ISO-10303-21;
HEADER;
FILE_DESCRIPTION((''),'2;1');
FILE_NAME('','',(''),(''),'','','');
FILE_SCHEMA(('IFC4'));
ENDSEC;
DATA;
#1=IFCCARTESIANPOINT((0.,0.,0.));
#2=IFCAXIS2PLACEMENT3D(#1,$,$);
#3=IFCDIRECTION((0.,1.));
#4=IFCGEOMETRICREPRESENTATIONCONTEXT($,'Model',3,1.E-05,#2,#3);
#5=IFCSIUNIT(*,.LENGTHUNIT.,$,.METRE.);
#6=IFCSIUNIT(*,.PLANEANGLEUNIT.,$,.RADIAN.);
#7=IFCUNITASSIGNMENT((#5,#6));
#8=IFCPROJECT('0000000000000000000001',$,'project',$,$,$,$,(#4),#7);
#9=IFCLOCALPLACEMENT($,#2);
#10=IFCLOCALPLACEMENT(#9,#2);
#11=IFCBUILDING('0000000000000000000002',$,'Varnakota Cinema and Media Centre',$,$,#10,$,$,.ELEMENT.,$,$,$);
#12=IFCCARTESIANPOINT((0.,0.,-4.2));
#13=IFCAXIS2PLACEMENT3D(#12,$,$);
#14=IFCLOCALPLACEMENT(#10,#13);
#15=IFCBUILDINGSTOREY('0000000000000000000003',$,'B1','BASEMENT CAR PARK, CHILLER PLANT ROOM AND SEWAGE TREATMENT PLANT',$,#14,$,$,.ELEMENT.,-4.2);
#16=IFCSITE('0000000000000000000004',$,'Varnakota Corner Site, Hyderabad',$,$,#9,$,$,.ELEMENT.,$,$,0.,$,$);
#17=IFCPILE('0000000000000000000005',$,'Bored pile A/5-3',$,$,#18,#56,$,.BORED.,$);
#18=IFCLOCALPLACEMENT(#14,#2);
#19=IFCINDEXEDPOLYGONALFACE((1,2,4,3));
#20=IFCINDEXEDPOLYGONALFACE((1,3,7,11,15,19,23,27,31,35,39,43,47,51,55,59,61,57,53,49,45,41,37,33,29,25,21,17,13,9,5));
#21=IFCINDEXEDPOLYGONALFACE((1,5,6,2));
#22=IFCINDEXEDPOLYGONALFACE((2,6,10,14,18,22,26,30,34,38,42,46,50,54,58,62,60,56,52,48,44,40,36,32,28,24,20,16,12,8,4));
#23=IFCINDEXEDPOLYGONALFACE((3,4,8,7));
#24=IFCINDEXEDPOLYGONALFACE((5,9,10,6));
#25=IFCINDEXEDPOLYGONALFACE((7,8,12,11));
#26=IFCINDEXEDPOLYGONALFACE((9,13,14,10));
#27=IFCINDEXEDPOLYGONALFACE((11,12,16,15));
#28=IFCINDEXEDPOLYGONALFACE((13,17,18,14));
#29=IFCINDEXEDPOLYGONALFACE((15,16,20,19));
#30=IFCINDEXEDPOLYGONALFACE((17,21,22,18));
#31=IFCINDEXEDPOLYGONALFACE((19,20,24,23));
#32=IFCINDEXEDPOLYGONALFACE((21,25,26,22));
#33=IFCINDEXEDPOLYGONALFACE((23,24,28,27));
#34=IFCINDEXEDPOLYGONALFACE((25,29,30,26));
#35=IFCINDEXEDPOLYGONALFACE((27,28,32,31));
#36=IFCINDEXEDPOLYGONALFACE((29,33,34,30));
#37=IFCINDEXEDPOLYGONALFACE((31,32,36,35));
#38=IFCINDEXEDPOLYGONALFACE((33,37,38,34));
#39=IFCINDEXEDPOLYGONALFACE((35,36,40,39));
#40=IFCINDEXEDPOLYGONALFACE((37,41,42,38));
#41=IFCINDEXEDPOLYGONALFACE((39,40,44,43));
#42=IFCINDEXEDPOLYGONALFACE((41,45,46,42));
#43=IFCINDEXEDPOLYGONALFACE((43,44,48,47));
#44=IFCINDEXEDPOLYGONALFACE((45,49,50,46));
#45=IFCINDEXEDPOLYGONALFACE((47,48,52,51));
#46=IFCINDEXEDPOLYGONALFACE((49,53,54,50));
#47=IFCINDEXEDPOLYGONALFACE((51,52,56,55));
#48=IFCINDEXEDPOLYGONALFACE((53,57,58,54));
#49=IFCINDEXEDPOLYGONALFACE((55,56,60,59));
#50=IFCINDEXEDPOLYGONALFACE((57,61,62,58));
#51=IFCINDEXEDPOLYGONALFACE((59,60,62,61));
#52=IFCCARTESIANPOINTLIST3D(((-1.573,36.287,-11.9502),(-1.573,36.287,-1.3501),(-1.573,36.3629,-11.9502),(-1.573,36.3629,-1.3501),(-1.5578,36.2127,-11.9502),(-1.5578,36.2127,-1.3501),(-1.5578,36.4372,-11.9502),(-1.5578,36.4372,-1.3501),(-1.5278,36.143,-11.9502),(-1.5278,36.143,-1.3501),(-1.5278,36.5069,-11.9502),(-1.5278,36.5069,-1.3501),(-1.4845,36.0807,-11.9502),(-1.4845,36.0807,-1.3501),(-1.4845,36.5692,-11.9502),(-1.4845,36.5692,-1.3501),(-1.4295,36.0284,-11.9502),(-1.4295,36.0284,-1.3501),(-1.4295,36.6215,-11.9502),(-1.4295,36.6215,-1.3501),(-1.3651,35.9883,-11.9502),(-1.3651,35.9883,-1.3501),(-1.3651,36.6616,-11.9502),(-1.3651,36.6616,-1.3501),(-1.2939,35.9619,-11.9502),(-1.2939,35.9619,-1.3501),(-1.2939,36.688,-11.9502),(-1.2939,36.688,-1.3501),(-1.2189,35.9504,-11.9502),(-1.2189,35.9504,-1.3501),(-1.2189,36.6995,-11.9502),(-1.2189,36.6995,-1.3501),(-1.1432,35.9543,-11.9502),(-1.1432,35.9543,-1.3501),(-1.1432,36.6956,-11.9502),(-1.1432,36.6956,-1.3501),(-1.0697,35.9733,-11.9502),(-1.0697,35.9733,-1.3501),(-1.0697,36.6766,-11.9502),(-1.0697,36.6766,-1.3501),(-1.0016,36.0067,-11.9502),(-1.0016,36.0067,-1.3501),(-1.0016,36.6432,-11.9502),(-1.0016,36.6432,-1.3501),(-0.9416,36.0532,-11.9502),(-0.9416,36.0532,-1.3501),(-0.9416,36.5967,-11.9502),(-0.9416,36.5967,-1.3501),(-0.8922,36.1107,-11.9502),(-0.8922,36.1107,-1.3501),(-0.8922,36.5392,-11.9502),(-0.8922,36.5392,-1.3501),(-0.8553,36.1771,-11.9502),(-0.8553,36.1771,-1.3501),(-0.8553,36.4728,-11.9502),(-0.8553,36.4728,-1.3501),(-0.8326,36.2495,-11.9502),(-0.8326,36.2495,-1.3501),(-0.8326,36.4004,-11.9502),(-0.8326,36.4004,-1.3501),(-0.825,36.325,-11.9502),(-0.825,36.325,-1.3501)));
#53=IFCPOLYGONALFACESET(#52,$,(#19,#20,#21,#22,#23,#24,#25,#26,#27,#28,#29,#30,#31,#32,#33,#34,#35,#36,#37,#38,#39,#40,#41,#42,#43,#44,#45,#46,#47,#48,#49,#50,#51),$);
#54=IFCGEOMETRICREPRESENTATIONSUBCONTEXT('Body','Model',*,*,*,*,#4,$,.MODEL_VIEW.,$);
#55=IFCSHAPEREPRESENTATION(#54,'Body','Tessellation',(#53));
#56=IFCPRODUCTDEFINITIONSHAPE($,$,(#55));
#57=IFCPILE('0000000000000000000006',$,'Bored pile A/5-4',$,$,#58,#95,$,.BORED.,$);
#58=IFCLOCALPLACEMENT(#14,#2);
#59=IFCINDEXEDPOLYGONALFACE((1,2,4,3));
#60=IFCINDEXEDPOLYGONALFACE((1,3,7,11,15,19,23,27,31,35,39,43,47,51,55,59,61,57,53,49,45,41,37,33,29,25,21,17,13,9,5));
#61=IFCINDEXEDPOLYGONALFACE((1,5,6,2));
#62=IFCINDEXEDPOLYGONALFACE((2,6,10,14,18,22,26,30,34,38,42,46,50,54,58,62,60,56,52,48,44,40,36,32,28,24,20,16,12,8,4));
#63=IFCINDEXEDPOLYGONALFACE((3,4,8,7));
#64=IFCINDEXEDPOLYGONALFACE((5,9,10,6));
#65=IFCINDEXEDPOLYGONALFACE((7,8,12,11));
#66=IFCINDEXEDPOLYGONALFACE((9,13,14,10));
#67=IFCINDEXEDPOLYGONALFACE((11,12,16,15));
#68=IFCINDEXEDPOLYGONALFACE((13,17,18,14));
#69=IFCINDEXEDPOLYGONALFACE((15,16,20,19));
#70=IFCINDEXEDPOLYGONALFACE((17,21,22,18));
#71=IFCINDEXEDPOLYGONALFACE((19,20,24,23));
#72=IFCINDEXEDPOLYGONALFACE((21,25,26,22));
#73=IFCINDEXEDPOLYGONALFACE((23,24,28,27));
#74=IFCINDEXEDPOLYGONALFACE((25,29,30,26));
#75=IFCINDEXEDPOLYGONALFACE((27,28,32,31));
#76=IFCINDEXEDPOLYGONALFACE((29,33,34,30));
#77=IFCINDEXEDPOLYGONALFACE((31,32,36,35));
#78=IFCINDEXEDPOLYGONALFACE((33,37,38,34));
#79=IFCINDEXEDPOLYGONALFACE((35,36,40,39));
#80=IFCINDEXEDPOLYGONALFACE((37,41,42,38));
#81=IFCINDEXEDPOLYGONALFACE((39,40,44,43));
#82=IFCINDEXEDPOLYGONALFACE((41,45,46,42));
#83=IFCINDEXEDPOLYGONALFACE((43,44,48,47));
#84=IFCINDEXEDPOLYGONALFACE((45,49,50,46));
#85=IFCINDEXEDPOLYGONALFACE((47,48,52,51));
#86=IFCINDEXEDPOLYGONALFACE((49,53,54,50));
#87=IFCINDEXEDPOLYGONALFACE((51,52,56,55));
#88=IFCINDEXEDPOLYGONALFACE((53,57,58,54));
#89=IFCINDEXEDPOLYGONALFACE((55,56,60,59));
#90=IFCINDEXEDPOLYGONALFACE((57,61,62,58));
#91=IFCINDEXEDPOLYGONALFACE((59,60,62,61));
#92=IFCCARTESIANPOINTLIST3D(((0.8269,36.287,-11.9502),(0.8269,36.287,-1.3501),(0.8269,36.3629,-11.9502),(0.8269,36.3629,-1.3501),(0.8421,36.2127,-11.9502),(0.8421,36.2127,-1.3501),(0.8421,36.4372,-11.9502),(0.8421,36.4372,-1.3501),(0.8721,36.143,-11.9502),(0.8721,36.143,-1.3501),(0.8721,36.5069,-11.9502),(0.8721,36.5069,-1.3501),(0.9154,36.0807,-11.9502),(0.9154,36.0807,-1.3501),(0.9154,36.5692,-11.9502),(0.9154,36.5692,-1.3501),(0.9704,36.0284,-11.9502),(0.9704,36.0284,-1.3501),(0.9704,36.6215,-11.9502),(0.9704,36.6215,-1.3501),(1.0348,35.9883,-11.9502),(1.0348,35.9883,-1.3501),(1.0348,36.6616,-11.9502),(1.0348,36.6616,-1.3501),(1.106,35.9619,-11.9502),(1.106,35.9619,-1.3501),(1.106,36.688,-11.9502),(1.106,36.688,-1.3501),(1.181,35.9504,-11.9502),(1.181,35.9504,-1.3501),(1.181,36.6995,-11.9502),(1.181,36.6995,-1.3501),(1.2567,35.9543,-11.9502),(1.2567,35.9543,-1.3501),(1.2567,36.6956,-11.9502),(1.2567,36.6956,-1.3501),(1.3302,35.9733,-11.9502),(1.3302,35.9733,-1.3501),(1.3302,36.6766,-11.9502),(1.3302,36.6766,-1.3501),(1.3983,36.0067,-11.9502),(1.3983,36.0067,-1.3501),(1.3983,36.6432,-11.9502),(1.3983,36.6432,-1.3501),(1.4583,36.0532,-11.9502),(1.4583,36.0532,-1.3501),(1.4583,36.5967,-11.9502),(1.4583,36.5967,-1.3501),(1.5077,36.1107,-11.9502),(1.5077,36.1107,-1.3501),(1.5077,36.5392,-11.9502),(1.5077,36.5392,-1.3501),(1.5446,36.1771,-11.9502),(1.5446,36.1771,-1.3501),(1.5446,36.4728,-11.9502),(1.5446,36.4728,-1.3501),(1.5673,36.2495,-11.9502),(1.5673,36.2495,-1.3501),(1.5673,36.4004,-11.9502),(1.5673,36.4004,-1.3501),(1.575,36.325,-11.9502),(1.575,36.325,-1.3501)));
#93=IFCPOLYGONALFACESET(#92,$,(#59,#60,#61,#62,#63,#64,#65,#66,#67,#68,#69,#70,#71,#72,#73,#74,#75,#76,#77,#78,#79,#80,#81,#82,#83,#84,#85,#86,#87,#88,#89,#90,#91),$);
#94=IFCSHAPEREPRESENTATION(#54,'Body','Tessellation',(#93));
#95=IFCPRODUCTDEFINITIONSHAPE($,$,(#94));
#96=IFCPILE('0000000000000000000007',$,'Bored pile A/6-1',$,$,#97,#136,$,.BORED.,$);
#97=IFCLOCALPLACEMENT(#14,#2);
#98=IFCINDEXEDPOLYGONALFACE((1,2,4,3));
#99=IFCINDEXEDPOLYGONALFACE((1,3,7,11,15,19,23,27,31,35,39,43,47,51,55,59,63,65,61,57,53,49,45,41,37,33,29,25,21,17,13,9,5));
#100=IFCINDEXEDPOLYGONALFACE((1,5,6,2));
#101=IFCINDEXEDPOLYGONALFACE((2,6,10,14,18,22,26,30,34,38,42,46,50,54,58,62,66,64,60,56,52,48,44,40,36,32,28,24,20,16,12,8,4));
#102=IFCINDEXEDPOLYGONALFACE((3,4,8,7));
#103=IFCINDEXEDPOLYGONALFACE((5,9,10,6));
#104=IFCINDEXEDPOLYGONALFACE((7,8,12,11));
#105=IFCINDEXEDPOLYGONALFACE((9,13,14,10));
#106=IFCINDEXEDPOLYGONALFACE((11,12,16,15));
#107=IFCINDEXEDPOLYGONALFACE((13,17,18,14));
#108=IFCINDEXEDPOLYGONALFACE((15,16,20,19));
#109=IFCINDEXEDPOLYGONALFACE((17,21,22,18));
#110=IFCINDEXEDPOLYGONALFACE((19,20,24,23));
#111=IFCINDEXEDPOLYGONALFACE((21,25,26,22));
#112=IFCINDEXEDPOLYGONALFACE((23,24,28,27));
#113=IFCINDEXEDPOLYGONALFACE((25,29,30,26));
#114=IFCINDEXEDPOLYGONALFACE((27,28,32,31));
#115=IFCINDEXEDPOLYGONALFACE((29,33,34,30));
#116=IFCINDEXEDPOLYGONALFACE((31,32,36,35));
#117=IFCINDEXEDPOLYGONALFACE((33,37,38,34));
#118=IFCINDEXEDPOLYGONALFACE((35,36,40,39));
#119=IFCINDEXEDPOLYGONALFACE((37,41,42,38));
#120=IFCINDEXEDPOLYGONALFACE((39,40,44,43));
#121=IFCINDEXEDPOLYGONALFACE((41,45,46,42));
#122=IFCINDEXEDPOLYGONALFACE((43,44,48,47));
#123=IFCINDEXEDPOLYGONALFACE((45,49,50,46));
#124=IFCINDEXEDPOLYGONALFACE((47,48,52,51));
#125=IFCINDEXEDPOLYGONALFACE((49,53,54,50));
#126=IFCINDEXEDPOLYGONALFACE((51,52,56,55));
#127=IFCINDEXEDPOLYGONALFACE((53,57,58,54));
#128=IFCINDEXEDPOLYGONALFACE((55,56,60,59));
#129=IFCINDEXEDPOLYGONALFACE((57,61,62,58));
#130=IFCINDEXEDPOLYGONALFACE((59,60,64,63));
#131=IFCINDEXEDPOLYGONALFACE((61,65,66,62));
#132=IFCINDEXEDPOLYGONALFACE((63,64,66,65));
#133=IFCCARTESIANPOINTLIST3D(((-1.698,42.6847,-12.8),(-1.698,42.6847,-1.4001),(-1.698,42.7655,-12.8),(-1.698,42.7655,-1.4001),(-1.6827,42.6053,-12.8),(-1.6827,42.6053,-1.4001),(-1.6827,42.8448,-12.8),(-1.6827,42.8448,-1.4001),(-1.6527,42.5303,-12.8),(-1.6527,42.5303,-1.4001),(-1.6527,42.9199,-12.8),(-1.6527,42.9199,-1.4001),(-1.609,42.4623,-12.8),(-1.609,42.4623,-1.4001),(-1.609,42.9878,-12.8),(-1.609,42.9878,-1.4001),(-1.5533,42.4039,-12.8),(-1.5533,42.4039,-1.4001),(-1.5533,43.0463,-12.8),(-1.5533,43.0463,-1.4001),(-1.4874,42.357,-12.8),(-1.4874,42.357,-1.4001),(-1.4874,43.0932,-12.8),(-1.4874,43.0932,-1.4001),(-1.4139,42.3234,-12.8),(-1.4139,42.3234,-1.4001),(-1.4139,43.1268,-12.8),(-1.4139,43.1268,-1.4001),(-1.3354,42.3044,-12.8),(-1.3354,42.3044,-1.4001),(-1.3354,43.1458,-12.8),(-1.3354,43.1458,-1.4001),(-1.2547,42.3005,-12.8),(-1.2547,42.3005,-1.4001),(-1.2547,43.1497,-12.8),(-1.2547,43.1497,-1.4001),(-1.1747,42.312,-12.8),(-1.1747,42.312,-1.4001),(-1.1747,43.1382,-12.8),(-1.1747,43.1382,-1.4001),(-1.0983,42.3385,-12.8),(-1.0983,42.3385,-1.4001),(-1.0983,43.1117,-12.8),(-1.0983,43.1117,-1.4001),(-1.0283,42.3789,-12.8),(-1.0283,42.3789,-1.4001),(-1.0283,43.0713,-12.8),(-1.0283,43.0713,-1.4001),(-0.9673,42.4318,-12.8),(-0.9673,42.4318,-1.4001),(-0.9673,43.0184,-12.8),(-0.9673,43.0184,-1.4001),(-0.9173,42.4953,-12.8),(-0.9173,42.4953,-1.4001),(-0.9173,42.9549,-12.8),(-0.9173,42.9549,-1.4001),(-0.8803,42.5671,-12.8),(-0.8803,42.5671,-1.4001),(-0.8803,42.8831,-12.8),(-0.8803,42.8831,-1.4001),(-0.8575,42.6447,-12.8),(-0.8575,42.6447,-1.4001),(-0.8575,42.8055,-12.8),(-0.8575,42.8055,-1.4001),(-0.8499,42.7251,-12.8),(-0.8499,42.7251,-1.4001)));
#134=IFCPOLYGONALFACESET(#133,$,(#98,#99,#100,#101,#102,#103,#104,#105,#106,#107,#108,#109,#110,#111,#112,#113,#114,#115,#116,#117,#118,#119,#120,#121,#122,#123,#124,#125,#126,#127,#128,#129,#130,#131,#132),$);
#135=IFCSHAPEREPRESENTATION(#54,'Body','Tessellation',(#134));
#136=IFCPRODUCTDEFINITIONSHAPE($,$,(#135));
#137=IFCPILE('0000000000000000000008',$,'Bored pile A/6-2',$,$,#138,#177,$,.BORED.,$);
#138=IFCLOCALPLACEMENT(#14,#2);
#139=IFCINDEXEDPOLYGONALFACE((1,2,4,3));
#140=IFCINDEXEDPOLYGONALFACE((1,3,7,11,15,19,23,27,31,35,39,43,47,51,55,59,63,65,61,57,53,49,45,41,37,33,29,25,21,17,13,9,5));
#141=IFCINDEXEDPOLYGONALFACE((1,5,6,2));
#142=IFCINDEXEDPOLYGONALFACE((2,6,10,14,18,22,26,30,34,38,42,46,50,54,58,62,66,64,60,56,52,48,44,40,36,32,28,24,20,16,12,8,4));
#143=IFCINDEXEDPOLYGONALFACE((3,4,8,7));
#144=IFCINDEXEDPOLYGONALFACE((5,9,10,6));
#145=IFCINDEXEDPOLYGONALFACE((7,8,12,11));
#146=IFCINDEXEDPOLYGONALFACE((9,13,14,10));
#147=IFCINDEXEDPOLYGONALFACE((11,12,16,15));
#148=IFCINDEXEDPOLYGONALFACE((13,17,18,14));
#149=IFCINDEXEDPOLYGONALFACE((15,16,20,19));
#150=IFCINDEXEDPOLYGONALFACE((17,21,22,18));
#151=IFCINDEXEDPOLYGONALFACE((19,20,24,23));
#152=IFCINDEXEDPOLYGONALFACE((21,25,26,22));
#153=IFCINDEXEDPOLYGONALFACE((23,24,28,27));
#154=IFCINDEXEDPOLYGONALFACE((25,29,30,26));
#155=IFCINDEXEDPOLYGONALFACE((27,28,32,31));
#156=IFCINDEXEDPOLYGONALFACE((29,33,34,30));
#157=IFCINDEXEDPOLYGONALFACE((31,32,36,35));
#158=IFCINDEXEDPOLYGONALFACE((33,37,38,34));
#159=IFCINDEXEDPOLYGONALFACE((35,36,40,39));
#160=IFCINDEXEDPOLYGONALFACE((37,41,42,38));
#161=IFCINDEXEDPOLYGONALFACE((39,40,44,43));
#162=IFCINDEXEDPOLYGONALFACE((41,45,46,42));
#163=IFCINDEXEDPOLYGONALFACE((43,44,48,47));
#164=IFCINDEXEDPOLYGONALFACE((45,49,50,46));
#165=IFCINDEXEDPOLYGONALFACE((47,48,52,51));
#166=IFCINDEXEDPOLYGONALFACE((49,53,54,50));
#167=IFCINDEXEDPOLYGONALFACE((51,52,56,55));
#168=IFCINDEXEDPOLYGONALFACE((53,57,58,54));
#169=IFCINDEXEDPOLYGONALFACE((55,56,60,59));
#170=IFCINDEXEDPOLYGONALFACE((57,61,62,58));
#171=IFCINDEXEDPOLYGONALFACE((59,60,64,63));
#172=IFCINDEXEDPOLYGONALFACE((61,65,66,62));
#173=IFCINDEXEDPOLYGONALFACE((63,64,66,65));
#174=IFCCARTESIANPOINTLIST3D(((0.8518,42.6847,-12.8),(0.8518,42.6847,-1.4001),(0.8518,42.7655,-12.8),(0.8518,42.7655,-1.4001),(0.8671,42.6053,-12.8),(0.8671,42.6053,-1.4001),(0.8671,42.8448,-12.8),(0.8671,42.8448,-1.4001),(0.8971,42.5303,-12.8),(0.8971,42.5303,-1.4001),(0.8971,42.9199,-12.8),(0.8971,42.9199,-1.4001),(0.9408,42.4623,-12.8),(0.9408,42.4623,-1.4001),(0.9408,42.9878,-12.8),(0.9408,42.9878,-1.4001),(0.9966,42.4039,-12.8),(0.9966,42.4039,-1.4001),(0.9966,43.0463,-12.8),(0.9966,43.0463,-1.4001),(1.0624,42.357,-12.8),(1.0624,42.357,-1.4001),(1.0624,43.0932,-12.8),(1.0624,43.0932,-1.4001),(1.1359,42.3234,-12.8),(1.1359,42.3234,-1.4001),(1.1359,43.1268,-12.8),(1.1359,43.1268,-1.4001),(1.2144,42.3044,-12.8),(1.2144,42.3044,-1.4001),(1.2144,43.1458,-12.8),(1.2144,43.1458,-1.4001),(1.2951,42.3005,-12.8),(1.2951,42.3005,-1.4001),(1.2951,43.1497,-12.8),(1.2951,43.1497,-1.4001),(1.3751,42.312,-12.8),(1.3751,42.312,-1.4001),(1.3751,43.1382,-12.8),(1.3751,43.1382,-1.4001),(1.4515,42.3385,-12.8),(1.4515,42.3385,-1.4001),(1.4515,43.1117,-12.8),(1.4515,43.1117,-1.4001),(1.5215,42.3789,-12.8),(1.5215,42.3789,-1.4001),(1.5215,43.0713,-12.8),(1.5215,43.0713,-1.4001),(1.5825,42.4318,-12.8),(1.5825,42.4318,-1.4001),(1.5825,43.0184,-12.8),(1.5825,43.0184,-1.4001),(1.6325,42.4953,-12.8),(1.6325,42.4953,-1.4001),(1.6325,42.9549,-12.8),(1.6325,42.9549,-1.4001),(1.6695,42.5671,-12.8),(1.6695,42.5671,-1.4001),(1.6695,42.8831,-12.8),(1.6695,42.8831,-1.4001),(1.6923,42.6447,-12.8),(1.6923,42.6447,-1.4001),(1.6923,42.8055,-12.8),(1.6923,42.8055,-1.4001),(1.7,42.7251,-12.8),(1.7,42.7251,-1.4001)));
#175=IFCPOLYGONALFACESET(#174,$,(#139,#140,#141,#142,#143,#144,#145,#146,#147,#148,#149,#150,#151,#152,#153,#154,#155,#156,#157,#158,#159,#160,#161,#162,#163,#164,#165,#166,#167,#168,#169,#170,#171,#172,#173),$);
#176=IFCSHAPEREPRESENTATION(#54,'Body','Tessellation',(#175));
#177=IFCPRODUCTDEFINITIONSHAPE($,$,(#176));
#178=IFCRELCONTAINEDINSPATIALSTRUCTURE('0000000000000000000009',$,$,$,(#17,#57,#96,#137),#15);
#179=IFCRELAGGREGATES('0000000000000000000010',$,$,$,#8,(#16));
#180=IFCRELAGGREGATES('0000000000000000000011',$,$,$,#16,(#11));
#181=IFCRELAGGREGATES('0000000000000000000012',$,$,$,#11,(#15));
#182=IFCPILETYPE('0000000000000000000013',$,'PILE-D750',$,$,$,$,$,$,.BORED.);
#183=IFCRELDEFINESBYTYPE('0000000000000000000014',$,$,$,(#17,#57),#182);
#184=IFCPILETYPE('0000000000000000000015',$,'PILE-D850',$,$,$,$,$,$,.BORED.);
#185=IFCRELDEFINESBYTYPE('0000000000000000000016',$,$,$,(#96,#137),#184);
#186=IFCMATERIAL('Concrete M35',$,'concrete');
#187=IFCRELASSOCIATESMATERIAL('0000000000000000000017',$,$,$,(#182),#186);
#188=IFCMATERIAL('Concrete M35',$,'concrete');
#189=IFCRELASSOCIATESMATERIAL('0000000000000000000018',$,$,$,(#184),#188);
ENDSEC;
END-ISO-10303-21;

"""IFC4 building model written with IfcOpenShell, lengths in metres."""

from ifc_helpers import new_model, si_unit, direction, frame, origin, origin_2d, place, context, subcontext, project, spatial, circle, extrude, material, material_profile, profile_set, type_object, element, save


model = new_model("IFC4")

# Units and contexts
model_context = context("Model", 3, precision=1e-05, world=origin(), true_north=direction((0.0, 1.0)))
body_context = subcontext(model_context, "Body", "Model", "MODEL_VIEW")
ifc_project = project(units=[si_unit("LENGTHUNIT", "METRE"), si_unit("PLANEANGLEUNIT", "RADIAN")], contexts=[model_context])

# Site, building, storey
site_placement = place(None, origin())
site = spatial("IfcSite", under=ifc_project, at=site_placement, Name="Varnakota Corner Site, Hyderabad", CompositionType="ELEMENT", RefElevation=0.0)
building_placement = place(site_placement, origin())
building = spatial("IfcBuilding", under=site, at=building_placement, Name="Varnakota Cinema and Media Centre", CompositionType="ELEMENT")
storey_placement = place(building_placement, frame((0.0, 0.0, -4.2)))
storey = spatial("IfcBuildingStorey", under=building, at=storey_placement, Name="B1", Description="BASEMENT CAR PARK, CHILLER PLANT ROOM AND SEWAGE TREATMENT PLANT", CompositionType="ELEMENT", Elevation=-4.2)

# Piles
ifc_material_1 = material(Name="Concrete M35", Category="concrete")
ifc_material_profile_1 = material_profile(ifc_material_1, circle(Radius=0.375, at=origin_2d()), Name="PILE D750")
ifc_profile_set_1 = profile_set([ifc_material_profile_1], Name="Concrete M35")
pile_type_1 = type_object("IfcPileType", Name="PILE-D750", PredefinedType="BORED", material=ifc_profile_set_1)
for number, where, z_axis, x_axis, name in (
    (1, (-1.2, 36.325, -1.3501), (0.0, 0.0, -1.0), (1.0, 0.0, 0.0), "Bored pile A/5-3"),
    (2, (1.2, 36.325, -1.3501), (0.0, 0.0, -1.0), (1.0, 0.0, 0.0), "Bored pile A/5-4"),
):
    element("IfcPile", number, at=place(storey_placement, frame(where, z_axis=z_axis, x_axis=x_axis)), inside=storey, type_object=pile_type_1, Name=name, PredefinedType="BORED", context=body_context, shape_type="SweptSolid", body=[
        extrude(circle(Radius=0.375, at=origin_2d()), origin(), (0.0, 0.0, 1.0), 10.6001),
    ])
ifc_material_2 = material(Name="Concrete M35", Category="concrete")
ifc_material_profile_2 = material_profile(ifc_material_2, circle(Radius=0.425, at=origin_2d()), Name="PILE D850")
ifc_profile_set_2 = profile_set([ifc_material_profile_2], Name="Concrete M35")
pile_type_2 = type_object("IfcPileType", Name="PILE-D850", PredefinedType="BORED", material=ifc_profile_set_2)
for number, where, z_axis, x_axis, name in (
    (3, (-1.2749, 42.7251, -1.4001), (0.0, 0.0, -1.0), (1.0, 0.0, 0.0), "Bored pile A/6-1"),
    (4, (1.2749, 42.7251, -1.4001), (0.0, 0.0, -1.0), (1.0, 0.0, 0.0), "Bored pile A/6-2"),
):
    element("IfcPile", number, at=place(storey_placement, frame(where, z_axis=z_axis, x_axis=x_axis)), inside=storey, type_object=pile_type_2, Name=name, PredefinedType="BORED", context=body_context, shape_type="SweptSolid", body=[
        extrude(circle(Radius=0.425, at=origin_2d()), origin(), (0.0, 0.0, 1.0), 11.3999),
    ])

save(model, "model.ifc")
